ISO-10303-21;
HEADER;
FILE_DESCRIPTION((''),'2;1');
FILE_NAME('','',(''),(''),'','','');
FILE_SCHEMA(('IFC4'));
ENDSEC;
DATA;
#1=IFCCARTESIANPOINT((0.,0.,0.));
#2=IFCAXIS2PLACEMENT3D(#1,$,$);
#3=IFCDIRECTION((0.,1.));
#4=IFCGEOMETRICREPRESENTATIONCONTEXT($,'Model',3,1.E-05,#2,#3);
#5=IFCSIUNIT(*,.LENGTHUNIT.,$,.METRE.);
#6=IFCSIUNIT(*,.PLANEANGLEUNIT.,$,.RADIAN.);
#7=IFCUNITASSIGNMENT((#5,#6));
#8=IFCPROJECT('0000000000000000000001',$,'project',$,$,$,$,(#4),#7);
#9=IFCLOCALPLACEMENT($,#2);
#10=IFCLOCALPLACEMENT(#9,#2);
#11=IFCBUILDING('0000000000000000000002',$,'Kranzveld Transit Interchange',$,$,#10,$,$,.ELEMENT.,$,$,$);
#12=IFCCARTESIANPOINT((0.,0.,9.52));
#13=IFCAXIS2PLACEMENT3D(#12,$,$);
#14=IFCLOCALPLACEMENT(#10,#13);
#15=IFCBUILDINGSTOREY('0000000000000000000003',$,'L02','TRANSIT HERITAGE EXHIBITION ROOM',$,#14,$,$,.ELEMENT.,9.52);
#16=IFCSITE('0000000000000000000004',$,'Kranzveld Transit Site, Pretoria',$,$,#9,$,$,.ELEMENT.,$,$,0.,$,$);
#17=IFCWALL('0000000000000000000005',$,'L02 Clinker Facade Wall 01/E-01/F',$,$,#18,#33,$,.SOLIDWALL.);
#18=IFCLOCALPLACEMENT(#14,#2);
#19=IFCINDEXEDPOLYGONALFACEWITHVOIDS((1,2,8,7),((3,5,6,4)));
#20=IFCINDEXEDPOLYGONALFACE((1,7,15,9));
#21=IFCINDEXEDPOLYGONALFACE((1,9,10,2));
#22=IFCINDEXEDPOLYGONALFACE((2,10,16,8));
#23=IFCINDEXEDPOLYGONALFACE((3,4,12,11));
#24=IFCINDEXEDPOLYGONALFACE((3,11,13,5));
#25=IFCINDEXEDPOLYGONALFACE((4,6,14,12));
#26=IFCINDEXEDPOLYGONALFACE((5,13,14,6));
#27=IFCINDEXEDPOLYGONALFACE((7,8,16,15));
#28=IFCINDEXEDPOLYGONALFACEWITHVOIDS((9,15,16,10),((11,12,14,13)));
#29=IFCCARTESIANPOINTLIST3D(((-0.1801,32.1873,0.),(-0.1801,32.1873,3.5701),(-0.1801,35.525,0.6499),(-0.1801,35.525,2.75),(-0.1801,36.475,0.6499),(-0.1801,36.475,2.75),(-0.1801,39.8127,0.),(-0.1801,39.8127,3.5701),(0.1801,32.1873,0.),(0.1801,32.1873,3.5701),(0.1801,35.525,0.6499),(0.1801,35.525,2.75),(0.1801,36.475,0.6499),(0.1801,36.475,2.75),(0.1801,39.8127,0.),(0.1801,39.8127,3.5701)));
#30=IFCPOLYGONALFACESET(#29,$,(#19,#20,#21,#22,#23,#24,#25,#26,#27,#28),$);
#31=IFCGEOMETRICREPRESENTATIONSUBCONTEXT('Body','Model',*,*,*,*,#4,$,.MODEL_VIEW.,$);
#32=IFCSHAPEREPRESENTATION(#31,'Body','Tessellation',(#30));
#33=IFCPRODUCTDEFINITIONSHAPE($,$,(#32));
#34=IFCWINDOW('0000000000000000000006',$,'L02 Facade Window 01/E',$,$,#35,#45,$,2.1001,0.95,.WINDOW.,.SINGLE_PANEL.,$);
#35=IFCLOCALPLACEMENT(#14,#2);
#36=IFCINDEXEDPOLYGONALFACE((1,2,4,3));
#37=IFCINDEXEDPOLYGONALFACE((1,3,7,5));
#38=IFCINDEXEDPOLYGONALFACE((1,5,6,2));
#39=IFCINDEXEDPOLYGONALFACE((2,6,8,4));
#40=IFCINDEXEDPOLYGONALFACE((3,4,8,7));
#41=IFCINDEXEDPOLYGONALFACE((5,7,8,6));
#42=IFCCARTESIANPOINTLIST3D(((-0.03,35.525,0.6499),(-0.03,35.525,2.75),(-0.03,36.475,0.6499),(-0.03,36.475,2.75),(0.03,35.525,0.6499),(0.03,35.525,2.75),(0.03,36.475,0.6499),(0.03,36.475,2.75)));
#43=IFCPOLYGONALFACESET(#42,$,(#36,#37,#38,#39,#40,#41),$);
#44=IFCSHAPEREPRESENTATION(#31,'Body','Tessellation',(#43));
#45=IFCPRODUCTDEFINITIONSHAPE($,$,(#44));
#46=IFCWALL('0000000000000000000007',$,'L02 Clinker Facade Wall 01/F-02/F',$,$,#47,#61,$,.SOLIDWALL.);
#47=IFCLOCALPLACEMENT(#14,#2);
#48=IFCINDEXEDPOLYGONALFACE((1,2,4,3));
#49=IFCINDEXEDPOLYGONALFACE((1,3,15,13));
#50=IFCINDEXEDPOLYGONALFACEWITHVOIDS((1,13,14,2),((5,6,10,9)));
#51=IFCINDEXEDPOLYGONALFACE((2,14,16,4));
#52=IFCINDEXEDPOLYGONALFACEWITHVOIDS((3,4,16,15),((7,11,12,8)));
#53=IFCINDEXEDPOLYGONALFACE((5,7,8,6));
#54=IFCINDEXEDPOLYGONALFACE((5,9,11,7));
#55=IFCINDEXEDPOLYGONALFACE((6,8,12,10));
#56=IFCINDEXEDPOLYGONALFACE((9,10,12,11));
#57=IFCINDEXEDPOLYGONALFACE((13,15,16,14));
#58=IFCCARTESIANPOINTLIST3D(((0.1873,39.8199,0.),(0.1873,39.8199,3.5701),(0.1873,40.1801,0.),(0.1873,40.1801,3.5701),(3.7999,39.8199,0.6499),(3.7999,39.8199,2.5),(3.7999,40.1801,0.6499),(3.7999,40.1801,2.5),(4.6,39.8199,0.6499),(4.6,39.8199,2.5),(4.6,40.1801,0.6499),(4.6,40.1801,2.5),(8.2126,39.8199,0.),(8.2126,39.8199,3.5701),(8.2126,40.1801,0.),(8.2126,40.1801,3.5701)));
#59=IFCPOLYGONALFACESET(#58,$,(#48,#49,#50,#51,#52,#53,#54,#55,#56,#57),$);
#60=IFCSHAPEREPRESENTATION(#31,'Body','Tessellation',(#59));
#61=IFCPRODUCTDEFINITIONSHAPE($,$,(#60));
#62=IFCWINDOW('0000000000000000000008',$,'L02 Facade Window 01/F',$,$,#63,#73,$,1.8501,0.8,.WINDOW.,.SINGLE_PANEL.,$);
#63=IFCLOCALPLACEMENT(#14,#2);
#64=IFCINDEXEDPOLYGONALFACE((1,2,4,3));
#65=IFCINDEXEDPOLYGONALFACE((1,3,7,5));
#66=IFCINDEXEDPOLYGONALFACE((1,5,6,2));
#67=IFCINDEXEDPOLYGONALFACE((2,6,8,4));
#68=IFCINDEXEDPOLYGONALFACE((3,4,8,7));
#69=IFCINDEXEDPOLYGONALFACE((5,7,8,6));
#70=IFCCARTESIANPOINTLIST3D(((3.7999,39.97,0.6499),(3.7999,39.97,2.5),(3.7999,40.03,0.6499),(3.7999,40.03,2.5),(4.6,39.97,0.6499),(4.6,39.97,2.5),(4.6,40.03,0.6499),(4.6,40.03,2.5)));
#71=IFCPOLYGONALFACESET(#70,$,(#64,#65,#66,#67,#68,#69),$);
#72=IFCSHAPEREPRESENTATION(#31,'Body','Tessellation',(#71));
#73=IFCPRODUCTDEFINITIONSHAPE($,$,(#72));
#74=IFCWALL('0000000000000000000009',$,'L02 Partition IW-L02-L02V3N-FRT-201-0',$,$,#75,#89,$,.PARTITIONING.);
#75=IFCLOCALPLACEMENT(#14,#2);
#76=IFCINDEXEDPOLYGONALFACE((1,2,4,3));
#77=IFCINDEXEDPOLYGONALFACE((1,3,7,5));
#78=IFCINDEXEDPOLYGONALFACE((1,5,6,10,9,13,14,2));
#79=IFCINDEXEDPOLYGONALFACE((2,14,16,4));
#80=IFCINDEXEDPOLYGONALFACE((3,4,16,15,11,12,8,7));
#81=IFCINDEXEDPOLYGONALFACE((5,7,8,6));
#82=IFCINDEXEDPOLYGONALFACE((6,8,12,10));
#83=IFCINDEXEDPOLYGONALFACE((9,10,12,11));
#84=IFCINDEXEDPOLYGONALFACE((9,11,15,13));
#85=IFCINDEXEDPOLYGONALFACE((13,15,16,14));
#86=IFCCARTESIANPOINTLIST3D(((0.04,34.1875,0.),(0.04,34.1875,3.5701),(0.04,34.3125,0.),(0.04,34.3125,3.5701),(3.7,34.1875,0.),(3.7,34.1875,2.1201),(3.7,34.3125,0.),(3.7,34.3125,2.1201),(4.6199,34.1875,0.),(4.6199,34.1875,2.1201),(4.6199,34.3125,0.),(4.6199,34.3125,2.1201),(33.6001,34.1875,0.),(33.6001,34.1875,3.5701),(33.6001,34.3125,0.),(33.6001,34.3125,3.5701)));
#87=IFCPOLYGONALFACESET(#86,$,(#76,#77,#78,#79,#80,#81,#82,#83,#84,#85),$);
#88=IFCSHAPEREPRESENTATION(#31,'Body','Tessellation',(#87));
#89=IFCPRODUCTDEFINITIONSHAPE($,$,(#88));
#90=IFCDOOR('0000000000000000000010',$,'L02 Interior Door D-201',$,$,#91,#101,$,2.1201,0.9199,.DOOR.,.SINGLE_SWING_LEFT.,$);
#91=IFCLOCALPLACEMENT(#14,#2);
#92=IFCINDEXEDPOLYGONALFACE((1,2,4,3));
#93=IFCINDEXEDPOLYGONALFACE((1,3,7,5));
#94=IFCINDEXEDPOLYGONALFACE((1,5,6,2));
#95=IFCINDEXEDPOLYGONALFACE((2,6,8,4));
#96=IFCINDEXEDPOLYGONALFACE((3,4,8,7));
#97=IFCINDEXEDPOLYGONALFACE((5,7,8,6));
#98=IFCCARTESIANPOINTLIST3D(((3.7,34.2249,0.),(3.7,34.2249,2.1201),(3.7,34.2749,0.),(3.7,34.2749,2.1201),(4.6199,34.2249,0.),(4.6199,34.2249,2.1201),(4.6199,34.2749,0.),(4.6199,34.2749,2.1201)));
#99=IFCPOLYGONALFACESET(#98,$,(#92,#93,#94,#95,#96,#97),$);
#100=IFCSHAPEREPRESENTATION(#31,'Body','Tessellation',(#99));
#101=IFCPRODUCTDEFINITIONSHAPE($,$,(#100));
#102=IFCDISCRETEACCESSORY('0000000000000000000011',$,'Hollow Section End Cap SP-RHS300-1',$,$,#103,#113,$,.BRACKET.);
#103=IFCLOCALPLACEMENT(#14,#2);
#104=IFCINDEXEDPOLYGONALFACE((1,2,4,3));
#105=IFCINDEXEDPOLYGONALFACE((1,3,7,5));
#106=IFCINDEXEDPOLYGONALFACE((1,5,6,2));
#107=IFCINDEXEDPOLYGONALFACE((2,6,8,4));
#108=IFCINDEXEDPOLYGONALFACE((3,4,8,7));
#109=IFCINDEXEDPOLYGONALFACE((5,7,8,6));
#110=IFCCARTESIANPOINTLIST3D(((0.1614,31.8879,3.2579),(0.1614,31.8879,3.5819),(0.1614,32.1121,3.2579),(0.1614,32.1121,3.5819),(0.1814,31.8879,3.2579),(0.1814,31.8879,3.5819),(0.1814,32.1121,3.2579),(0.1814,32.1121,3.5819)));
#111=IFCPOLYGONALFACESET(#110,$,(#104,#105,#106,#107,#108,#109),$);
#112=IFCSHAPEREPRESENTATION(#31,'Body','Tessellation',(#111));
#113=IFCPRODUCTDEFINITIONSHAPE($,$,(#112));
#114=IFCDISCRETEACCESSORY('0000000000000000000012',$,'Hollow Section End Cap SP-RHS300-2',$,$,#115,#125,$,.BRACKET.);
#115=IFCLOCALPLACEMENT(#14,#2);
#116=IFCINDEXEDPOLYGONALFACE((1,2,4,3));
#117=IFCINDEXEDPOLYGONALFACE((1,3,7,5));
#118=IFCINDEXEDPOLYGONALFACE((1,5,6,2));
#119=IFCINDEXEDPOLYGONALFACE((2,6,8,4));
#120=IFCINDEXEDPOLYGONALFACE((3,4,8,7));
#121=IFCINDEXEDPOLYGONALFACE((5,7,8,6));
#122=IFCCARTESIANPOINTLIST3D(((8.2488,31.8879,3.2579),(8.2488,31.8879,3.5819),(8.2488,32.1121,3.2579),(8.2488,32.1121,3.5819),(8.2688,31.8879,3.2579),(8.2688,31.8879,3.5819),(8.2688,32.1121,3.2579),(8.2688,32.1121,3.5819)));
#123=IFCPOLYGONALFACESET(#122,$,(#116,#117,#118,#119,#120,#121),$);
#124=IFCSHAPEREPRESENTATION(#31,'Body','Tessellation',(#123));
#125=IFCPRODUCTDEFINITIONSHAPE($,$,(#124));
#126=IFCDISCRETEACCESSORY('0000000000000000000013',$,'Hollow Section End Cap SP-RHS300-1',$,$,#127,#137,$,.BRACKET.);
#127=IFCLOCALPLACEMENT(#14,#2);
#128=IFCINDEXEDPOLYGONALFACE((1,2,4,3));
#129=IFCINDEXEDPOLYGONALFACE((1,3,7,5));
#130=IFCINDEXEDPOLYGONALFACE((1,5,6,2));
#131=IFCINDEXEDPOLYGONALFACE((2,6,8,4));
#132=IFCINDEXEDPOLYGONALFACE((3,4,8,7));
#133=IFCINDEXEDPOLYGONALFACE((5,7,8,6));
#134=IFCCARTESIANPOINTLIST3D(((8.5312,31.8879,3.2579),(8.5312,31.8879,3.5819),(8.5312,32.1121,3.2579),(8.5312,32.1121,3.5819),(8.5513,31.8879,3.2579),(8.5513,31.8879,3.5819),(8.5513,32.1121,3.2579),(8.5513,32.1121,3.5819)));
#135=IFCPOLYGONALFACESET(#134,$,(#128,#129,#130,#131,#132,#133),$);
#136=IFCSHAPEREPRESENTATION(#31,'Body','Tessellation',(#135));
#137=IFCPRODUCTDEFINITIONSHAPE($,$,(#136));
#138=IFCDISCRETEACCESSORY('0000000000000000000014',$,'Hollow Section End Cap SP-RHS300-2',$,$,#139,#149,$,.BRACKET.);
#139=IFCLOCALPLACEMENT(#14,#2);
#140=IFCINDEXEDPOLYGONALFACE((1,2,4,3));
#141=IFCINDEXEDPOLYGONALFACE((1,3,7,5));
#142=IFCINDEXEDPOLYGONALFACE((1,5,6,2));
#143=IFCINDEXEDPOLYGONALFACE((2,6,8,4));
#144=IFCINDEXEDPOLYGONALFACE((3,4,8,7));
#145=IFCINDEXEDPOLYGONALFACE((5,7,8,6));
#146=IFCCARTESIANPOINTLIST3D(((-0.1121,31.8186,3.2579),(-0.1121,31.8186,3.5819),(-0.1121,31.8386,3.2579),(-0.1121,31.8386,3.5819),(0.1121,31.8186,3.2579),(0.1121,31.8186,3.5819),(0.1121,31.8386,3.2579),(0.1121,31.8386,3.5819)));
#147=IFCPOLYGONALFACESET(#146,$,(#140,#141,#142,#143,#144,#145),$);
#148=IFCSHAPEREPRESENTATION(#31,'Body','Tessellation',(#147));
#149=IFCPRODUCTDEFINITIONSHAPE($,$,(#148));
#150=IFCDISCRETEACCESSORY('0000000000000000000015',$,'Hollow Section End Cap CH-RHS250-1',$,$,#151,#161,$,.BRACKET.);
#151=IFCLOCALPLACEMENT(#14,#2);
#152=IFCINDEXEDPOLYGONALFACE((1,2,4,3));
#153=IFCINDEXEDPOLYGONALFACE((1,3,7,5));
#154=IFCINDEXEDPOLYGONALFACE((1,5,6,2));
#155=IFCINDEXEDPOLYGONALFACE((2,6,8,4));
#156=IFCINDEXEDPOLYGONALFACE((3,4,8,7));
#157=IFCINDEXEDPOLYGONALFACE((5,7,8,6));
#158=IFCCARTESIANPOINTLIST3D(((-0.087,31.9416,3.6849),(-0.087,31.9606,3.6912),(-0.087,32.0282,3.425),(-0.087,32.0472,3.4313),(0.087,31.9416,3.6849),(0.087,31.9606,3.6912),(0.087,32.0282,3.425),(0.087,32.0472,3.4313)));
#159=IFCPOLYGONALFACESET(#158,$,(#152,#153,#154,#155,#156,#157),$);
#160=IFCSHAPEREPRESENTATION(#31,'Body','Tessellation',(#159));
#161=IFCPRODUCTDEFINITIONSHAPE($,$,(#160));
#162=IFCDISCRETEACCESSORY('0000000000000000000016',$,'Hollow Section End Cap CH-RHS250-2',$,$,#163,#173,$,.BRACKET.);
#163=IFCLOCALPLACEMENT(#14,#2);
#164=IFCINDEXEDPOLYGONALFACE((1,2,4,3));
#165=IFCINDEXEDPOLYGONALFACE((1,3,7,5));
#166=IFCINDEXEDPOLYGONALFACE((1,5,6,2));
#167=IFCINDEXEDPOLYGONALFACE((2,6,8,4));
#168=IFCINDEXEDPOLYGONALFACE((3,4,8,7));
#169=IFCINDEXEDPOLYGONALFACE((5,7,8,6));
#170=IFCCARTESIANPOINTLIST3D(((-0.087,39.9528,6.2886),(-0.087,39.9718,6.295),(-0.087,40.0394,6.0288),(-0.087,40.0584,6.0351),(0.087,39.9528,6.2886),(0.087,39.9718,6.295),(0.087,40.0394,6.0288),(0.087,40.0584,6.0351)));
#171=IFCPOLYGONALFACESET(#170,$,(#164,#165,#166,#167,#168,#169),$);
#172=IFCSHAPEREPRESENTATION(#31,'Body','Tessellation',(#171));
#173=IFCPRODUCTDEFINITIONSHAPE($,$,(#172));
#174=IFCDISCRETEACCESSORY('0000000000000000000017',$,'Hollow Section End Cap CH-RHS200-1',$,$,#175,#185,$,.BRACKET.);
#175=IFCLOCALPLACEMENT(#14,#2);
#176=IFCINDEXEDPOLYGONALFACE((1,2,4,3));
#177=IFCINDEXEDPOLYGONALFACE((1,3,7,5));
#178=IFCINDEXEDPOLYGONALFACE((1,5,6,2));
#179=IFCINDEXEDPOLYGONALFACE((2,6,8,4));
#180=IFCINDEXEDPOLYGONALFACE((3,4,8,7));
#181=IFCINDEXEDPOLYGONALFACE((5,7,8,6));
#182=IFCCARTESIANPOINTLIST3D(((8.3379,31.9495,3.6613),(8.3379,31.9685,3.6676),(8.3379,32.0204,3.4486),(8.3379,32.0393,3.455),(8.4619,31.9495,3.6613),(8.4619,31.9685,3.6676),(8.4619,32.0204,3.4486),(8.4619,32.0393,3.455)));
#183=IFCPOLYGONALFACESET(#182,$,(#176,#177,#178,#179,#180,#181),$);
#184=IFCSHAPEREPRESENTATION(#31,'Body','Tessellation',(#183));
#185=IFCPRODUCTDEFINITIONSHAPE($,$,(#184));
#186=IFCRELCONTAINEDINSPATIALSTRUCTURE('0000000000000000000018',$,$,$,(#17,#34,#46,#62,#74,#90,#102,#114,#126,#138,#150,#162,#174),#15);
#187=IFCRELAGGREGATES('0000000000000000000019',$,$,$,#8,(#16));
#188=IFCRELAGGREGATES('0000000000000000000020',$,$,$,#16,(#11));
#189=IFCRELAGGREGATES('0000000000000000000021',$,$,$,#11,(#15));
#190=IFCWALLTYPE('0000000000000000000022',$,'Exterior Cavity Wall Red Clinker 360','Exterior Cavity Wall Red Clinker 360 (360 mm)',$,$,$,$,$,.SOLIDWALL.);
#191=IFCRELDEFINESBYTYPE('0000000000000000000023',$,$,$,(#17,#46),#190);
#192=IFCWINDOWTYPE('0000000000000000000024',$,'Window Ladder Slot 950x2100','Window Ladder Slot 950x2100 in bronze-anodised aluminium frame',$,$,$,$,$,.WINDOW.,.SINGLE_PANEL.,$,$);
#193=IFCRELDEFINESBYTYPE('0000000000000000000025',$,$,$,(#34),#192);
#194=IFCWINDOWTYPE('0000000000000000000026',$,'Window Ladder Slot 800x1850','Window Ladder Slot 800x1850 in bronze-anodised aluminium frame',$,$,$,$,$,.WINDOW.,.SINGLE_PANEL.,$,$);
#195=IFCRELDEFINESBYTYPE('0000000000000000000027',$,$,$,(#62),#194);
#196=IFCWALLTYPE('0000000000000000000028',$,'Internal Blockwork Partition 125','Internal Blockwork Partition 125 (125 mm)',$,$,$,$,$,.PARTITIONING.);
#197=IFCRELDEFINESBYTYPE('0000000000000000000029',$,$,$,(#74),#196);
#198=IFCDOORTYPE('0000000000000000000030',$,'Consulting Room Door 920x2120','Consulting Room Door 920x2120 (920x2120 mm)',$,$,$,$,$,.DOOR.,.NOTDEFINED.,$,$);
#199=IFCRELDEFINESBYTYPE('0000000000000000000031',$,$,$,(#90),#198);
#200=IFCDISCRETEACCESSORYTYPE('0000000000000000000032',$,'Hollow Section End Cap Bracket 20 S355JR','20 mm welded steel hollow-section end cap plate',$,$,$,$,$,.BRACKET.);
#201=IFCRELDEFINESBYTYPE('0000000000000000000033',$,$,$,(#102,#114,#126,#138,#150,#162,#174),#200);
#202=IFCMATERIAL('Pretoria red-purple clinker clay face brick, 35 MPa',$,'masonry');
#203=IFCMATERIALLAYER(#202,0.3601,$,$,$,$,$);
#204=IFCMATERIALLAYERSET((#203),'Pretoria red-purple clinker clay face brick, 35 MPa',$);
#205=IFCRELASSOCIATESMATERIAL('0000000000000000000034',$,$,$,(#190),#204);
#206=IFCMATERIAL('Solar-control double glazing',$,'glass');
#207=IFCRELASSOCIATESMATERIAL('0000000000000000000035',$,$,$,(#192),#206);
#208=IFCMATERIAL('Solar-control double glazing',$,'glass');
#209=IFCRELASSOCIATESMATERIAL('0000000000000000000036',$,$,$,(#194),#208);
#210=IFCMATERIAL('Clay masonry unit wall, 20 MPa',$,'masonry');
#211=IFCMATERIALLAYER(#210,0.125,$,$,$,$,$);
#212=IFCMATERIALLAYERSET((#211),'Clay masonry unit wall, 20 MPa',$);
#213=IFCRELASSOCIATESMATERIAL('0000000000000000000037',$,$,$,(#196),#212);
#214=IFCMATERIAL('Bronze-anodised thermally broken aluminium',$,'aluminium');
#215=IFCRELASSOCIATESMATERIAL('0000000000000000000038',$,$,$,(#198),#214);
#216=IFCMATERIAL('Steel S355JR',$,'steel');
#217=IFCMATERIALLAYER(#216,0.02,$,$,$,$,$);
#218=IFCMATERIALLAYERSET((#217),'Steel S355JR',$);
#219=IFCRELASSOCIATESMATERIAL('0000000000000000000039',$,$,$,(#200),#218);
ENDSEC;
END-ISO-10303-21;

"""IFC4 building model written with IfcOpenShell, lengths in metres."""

from ifc_helpers import new_model, si_unit, direction, frame, frame_2d, origin, origin_2d, place, context, subcontext, project, spatial, rectangle, extrude, material, layer, layer_set, type_object, element, fill, save


model = new_model("IFC4")

# Units and contexts
model_context = context("Model", 3, precision=1e-05, world=origin(), true_north=direction((0.0, 1.0)))
body_context = subcontext(model_context, "Body", "Model", "MODEL_VIEW")
ifc_project = project(units=[si_unit("LENGTHUNIT", "METRE"), si_unit("PLANEANGLEUNIT", "RADIAN")], contexts=[model_context])

# Site, building, storey
site_placement = place(None, origin())
site = spatial("IfcSite", under=ifc_project, at=site_placement, Name="Kranzveld Transit Site, Pretoria", CompositionType="ELEMENT", RefElevation=0.0)
building_placement = place(site_placement, origin())
building = spatial("IfcBuilding", under=site, at=building_placement, Name="Kranzveld Transit Interchange", CompositionType="ELEMENT")
storey_placement = place(building_placement, frame((0.0, 0.0, 9.52)))
storey = spatial("IfcBuildingStorey", under=building, at=storey_placement, Name="L02", Description="TRANSIT HERITAGE EXHIBITION ROOM", CompositionType="ELEMENT", Elevation=9.52)

# Walls, openings, windows
ifc_material_1 = material(Name="Pretoria red-purple clinker clay face brick, 35 MPa", Category="masonry")
ifc_layer_1 = layer(ifc_material_1, 0.3601)
ifc_layer_set_1 = layer_set([ifc_layer_1], Name="Pretoria red-purple clinker clay face brick, 35 MPa")
wall_type_1 = type_object("IfcWallType", Name="Exterior Cavity Wall Red Clinker 360", Description="Exterior Cavity Wall Red Clinker 360 (360 mm)", PredefinedType="SOLIDWALL", material=ifc_layer_set_1)
wall_1_placement = place(storey_placement, frame((0.0, 32.1873, 0.0), z_axis=(0.0, 0.0, 1.0), x_axis=(0.0, 1.0, 0.0)))
wall_1 = element("IfcWall", 1, at=wall_1_placement, inside=storey, type_object=wall_type_1, Name="L02 Clinker Facade Wall 01/E-01/F", PredefinedType="SOLIDWALL", context=body_context, shape_type="SweptSolid", body=[
    extrude(rectangle(XDim=7.6255, YDim=0.3601, at=frame_2d((3.8127, 0.0))), origin(), (0.0, 0.0, 1.0), 3.5701),
])
opening_1_placement = place(wall_1_placement, frame((3.3376, 0.0, 0.6499), z_axis=(0.0, 0.0, 1.0), x_axis=(1.0, 0.0, 0.0)))
opening_1 = element("IfcOpeningElement", 2, at=opening_1_placement, cuts=wall_1, PredefinedType="OPENING", context=body_context, shape_type="SweptSolid", body=[
    extrude(rectangle(XDim=0.95, YDim=2.1001, at=frame_2d((0.4751, 1.05))), frame((0.0, 0.1899, 0.0), z_axis=(0.0, -1.0, 0.0), x_axis=(1.0, 0.0, 0.0)), (0.0, 0.0, 1.0), 0.3801),
])
ifc_material_2 = material(Name="Solar-control double glazing", Category="glass")
window_type_1 = type_object("IfcWindowType", Name="Window Ladder Slot 950x2100", Description="Window Ladder Slot 950x2100 in bronze-anodised aluminium frame", PartitioningType="SINGLE_PANEL", PredefinedType="WINDOW", material=ifc_material_2)
window_1_placement = place(opening_1_placement, origin())
window_1 = element("IfcWindow", 3, at=window_1_placement, inside=storey, type_object=window_type_1, Name="L02 Facade Window 01/E", OverallHeight=2.1001, OverallWidth=0.95, PartitioningType="SINGLE_PANEL", PredefinedType="WINDOW", context=body_context, shape_type="SweptSolid", body=[
    extrude(rectangle(XDim=0.95, YDim=2.1001, at=frame_2d((0.4751, 1.05))), frame((0.0, 0.03, 0.0), z_axis=(0.0, -1.0, 0.0), x_axis=(1.0, 0.0, 0.0)), (0.0, 0.0, 1.0), 0.0601),
])
fill(opening_1, window_1)
wall_2_placement = place(storey_placement, frame((0.1873, 40.0, 0.0), z_axis=(0.0, 0.0, 1.0), x_axis=(1.0, 0.0, 0.0)))
wall_2 = element("IfcWall", 4, at=wall_2_placement, inside=storey, type_object=wall_type_1, Name="L02 Clinker Facade Wall 01/F-02/F", PredefinedType="SOLIDWALL", context=body_context, shape_type="SweptSolid", body=[
    extrude(rectangle(XDim=8.0254, YDim=0.3601, at=frame_2d((4.0127, 0.0))), origin(), (0.0, 0.0, 1.0), 3.5701),
])
opening_2_placement = place(wall_2_placement, frame((3.6128, 0.0, 0.6499), z_axis=(0.0, 0.0, 1.0), x_axis=(1.0, 0.0, 0.0)))
opening_2 = element("IfcOpeningElement", 5, at=opening_2_placement, cuts=wall_2, PredefinedType="OPENING", context=body_context, shape_type="SweptSolid", body=[
    extrude(rectangle(XDim=0.8, YDim=1.8501, at=frame_2d((0.3999, 0.925))), frame((0.0, 0.1899, 0.0), z_axis=(0.0, -1.0, 0.0), x_axis=(1.0, 0.0, 0.0)), (0.0, 0.0, 1.0), 0.3801),
])
ifc_material_3 = material(Name="Solar-control double glazing", Category="glass")
window_type_2 = type_object("IfcWindowType", Name="Window Ladder Slot 800x1850", Description="Window Ladder Slot 800x1850 in bronze-anodised aluminium frame", PartitioningType="SINGLE_PANEL", PredefinedType="WINDOW", material=ifc_material_3)
window_2_placement = place(opening_2_placement, origin())
window_2 = element("IfcWindow", 6, at=window_2_placement, inside=storey, type_object=window_type_2, Name="L02 Facade Window 01/F", OverallHeight=1.8501, OverallWidth=0.8, PartitioningType="SINGLE_PANEL", PredefinedType="WINDOW", context=body_context, shape_type="SweptSolid", body=[
    extrude(rectangle(XDim=0.8, YDim=1.8501, at=frame_2d((0.3999, 0.925))), frame((0.0, 0.03, 0.0), z_axis=(0.0, -1.0, 0.0), x_axis=(1.0, 0.0, 0.0)), (0.0, 0.0, 1.0), 0.0601),
])
fill(opening_2, window_2)

# Wall, opening, door
ifc_material_4 = material(Name="Clay masonry unit wall, 20 MPa", Category="masonry")
ifc_layer_2 = layer(ifc_material_4, 0.125)
ifc_layer_set_2 = layer_set([ifc_layer_2], Name="Clay masonry unit wall, 20 MPa")
wall_type_2 = type_object("IfcWallType", Name="Internal Blockwork Partition 125", Description="Internal Blockwork Partition 125 (125 mm)", PredefinedType="PARTITIONING", material=ifc_layer_set_2)
wall_3_placement = place(storey_placement, frame((0.04, 34.25, 0.0), z_axis=(0.0, 0.0, 1.0), x_axis=(1.0, 0.0, 0.0)))
wall_3 = element("IfcWall", 7, at=wall_3_placement, inside=storey, type_object=wall_type_2, Name="L02 Partition IW-L02-L02V3N-FRT-201-0", PredefinedType="PARTITIONING", context=body_context, shape_type="SweptSolid", body=[
    extrude(rectangle(XDim=33.5601, YDim=0.125, at=frame_2d((16.78, 0.0))), origin(), (0.0, 0.0, 1.0), 3.5701),
])
opening_3_placement = place(wall_3_placement, frame((3.6599, 0.0, 0.0), z_axis=(0.0, 0.0, 1.0), x_axis=(1.0, 0.0, 0.0)))
opening_3 = element("IfcOpeningElement", 8, at=opening_3_placement, cuts=wall_3, PredefinedType="OPENING", context=body_context, shape_type="SweptSolid", body=[
    extrude(rectangle(XDim=0.9199, YDim=2.1201, at=frame_2d((0.46, 1.0601))), frame((0.0, 0.0725, 0.0), z_axis=(0.0, -1.0, 0.0), x_axis=(1.0, 0.0, 0.0)), (0.0, 0.0, 1.0), 0.145),
])
ifc_material_5 = material(Name="Bronze-anodised thermally broken aluminium", Category="aluminium")
door_type = type_object("IfcDoorType", Name="Consulting Room Door 920x2120", Description="Consulting Room Door 920x2120 (920x2120 mm)", OperationType="NOTDEFINED", PredefinedType="DOOR", material=ifc_material_5)
door_placement = place(opening_3_placement, origin())
door = element("IfcDoor", 9, at=door_placement, inside=storey, type_object=door_type, Name="L02 Interior Door D-201", OperationType="SINGLE_SWING_LEFT", OverallHeight=2.1201, OverallWidth=0.9199, PredefinedType="DOOR", context=body_context, shape_type="SweptSolid", body=[
    extrude(rectangle(XDim=0.9199, YDim=2.1201, at=frame_2d((0.46, 1.0601))), frame((0.0, 0.0249, 0.0), z_axis=(0.0, -1.0, 0.0), x_axis=(1.0, 0.0, 0.0)), (0.0, 0.0, 1.0), 0.05),
])
fill(opening_3, door)

# Discrete accessories
ifc_material_6 = material(Name="Steel S355JR", Category="steel")
ifc_layer_3 = layer(ifc_material_6, 0.02)
ifc_layer_set_3 = layer_set([ifc_layer_3], Name="Steel S355JR")
discrete_accessory_type = type_object("IfcDiscreteAccessoryType", Name="Hollow Section End Cap Bracket 20 S355JR", Description="20 mm welded steel hollow-section end cap plate", PredefinedType="BRACKET", material=ifc_layer_set_3)
for number, where, z_axis, x_axis, name in (
    (10, (0.1814, 32.0, 3.4199), (-1.0, 0.0, 0.0), (0.0, -1.0, 0.0), "Hollow Section End Cap SP-RHS300-1"),
    (11, (8.2488, 32.0, 3.4199), (1.0, 0.0, 0.0), (0.0, 1.0, 0.0), "Hollow Section End Cap SP-RHS300-2"),
    (12, (8.5513, 32.0, 3.4199), (-1.0, 0.0, 0.0), (0.0, -1.0, 0.0), "Hollow Section End Cap SP-RHS300-1"),
    (13, (0.0, 31.8186, 3.4199), (0.0, 1.0, 0.0), (-1.0, 0.0, 0.0), "Hollow Section End Cap SP-RHS300-2"),
):
    element("IfcDiscreteAccessory", number, at=place(storey_placement, frame(where, z_axis=z_axis, x_axis=x_axis)), inside=storey, type_object=discrete_accessory_type, Name=name, PredefinedType="BRACKET", context=body_context, shape_type="SweptSolid", body=[
        extrude(rectangle(XDim=0.2241, YDim=0.324, at=origin_2d()), origin(), (0.0, 0.0, 1.0), 0.02),
    ])
for number, where, z_axis, x_axis, name in (
    (14, (0.0, 32.0039, 3.5613), (0.0, -0.948683, -0.316228), (1.0, 0.0, 0.0), "Hollow Section End Cap CH-RHS250-1"),
    (15, (0.0, 39.9961, 6.1587), (0.0, 0.948683, 0.316228), (-1.0, 0.0, 0.0), "Hollow Section End Cap CH-RHS250-2"),
):
    element("IfcDiscreteAccessory", number, at=place(storey_placement, frame(where, z_axis=z_axis, x_axis=x_axis)), inside=storey, type_object=discrete_accessory_type, Name=name, PredefinedType="BRACKET", context=body_context, shape_type="SweptSolid", body=[
        extrude(rectangle(XDim=0.1741, YDim=0.2739, at=origin_2d()), origin(), (0.0, 0.0, 1.0), 0.02),
    ])
for number, where, z_axis, x_axis, name in (
    (16, (8.3999, 32.0039, 3.5613), (0.0, -0.948683, -0.316228), (1.0, 0.0, 0.0), "Hollow Section End Cap CH-RHS200-1"),
):
    element("IfcDiscreteAccessory", number, at=place(storey_placement, frame(where, z_axis=z_axis, x_axis=x_axis)), inside=storey, type_object=discrete_accessory_type, Name=name, PredefinedType="BRACKET", context=body_context, shape_type="SweptSolid", body=[
        extrude(rectangle(XDim=0.124, YDim=0.2241, at=origin_2d()), origin(), (0.0, 0.0, 1.0), 0.02),
    ])

save(model, "model.ifc")
